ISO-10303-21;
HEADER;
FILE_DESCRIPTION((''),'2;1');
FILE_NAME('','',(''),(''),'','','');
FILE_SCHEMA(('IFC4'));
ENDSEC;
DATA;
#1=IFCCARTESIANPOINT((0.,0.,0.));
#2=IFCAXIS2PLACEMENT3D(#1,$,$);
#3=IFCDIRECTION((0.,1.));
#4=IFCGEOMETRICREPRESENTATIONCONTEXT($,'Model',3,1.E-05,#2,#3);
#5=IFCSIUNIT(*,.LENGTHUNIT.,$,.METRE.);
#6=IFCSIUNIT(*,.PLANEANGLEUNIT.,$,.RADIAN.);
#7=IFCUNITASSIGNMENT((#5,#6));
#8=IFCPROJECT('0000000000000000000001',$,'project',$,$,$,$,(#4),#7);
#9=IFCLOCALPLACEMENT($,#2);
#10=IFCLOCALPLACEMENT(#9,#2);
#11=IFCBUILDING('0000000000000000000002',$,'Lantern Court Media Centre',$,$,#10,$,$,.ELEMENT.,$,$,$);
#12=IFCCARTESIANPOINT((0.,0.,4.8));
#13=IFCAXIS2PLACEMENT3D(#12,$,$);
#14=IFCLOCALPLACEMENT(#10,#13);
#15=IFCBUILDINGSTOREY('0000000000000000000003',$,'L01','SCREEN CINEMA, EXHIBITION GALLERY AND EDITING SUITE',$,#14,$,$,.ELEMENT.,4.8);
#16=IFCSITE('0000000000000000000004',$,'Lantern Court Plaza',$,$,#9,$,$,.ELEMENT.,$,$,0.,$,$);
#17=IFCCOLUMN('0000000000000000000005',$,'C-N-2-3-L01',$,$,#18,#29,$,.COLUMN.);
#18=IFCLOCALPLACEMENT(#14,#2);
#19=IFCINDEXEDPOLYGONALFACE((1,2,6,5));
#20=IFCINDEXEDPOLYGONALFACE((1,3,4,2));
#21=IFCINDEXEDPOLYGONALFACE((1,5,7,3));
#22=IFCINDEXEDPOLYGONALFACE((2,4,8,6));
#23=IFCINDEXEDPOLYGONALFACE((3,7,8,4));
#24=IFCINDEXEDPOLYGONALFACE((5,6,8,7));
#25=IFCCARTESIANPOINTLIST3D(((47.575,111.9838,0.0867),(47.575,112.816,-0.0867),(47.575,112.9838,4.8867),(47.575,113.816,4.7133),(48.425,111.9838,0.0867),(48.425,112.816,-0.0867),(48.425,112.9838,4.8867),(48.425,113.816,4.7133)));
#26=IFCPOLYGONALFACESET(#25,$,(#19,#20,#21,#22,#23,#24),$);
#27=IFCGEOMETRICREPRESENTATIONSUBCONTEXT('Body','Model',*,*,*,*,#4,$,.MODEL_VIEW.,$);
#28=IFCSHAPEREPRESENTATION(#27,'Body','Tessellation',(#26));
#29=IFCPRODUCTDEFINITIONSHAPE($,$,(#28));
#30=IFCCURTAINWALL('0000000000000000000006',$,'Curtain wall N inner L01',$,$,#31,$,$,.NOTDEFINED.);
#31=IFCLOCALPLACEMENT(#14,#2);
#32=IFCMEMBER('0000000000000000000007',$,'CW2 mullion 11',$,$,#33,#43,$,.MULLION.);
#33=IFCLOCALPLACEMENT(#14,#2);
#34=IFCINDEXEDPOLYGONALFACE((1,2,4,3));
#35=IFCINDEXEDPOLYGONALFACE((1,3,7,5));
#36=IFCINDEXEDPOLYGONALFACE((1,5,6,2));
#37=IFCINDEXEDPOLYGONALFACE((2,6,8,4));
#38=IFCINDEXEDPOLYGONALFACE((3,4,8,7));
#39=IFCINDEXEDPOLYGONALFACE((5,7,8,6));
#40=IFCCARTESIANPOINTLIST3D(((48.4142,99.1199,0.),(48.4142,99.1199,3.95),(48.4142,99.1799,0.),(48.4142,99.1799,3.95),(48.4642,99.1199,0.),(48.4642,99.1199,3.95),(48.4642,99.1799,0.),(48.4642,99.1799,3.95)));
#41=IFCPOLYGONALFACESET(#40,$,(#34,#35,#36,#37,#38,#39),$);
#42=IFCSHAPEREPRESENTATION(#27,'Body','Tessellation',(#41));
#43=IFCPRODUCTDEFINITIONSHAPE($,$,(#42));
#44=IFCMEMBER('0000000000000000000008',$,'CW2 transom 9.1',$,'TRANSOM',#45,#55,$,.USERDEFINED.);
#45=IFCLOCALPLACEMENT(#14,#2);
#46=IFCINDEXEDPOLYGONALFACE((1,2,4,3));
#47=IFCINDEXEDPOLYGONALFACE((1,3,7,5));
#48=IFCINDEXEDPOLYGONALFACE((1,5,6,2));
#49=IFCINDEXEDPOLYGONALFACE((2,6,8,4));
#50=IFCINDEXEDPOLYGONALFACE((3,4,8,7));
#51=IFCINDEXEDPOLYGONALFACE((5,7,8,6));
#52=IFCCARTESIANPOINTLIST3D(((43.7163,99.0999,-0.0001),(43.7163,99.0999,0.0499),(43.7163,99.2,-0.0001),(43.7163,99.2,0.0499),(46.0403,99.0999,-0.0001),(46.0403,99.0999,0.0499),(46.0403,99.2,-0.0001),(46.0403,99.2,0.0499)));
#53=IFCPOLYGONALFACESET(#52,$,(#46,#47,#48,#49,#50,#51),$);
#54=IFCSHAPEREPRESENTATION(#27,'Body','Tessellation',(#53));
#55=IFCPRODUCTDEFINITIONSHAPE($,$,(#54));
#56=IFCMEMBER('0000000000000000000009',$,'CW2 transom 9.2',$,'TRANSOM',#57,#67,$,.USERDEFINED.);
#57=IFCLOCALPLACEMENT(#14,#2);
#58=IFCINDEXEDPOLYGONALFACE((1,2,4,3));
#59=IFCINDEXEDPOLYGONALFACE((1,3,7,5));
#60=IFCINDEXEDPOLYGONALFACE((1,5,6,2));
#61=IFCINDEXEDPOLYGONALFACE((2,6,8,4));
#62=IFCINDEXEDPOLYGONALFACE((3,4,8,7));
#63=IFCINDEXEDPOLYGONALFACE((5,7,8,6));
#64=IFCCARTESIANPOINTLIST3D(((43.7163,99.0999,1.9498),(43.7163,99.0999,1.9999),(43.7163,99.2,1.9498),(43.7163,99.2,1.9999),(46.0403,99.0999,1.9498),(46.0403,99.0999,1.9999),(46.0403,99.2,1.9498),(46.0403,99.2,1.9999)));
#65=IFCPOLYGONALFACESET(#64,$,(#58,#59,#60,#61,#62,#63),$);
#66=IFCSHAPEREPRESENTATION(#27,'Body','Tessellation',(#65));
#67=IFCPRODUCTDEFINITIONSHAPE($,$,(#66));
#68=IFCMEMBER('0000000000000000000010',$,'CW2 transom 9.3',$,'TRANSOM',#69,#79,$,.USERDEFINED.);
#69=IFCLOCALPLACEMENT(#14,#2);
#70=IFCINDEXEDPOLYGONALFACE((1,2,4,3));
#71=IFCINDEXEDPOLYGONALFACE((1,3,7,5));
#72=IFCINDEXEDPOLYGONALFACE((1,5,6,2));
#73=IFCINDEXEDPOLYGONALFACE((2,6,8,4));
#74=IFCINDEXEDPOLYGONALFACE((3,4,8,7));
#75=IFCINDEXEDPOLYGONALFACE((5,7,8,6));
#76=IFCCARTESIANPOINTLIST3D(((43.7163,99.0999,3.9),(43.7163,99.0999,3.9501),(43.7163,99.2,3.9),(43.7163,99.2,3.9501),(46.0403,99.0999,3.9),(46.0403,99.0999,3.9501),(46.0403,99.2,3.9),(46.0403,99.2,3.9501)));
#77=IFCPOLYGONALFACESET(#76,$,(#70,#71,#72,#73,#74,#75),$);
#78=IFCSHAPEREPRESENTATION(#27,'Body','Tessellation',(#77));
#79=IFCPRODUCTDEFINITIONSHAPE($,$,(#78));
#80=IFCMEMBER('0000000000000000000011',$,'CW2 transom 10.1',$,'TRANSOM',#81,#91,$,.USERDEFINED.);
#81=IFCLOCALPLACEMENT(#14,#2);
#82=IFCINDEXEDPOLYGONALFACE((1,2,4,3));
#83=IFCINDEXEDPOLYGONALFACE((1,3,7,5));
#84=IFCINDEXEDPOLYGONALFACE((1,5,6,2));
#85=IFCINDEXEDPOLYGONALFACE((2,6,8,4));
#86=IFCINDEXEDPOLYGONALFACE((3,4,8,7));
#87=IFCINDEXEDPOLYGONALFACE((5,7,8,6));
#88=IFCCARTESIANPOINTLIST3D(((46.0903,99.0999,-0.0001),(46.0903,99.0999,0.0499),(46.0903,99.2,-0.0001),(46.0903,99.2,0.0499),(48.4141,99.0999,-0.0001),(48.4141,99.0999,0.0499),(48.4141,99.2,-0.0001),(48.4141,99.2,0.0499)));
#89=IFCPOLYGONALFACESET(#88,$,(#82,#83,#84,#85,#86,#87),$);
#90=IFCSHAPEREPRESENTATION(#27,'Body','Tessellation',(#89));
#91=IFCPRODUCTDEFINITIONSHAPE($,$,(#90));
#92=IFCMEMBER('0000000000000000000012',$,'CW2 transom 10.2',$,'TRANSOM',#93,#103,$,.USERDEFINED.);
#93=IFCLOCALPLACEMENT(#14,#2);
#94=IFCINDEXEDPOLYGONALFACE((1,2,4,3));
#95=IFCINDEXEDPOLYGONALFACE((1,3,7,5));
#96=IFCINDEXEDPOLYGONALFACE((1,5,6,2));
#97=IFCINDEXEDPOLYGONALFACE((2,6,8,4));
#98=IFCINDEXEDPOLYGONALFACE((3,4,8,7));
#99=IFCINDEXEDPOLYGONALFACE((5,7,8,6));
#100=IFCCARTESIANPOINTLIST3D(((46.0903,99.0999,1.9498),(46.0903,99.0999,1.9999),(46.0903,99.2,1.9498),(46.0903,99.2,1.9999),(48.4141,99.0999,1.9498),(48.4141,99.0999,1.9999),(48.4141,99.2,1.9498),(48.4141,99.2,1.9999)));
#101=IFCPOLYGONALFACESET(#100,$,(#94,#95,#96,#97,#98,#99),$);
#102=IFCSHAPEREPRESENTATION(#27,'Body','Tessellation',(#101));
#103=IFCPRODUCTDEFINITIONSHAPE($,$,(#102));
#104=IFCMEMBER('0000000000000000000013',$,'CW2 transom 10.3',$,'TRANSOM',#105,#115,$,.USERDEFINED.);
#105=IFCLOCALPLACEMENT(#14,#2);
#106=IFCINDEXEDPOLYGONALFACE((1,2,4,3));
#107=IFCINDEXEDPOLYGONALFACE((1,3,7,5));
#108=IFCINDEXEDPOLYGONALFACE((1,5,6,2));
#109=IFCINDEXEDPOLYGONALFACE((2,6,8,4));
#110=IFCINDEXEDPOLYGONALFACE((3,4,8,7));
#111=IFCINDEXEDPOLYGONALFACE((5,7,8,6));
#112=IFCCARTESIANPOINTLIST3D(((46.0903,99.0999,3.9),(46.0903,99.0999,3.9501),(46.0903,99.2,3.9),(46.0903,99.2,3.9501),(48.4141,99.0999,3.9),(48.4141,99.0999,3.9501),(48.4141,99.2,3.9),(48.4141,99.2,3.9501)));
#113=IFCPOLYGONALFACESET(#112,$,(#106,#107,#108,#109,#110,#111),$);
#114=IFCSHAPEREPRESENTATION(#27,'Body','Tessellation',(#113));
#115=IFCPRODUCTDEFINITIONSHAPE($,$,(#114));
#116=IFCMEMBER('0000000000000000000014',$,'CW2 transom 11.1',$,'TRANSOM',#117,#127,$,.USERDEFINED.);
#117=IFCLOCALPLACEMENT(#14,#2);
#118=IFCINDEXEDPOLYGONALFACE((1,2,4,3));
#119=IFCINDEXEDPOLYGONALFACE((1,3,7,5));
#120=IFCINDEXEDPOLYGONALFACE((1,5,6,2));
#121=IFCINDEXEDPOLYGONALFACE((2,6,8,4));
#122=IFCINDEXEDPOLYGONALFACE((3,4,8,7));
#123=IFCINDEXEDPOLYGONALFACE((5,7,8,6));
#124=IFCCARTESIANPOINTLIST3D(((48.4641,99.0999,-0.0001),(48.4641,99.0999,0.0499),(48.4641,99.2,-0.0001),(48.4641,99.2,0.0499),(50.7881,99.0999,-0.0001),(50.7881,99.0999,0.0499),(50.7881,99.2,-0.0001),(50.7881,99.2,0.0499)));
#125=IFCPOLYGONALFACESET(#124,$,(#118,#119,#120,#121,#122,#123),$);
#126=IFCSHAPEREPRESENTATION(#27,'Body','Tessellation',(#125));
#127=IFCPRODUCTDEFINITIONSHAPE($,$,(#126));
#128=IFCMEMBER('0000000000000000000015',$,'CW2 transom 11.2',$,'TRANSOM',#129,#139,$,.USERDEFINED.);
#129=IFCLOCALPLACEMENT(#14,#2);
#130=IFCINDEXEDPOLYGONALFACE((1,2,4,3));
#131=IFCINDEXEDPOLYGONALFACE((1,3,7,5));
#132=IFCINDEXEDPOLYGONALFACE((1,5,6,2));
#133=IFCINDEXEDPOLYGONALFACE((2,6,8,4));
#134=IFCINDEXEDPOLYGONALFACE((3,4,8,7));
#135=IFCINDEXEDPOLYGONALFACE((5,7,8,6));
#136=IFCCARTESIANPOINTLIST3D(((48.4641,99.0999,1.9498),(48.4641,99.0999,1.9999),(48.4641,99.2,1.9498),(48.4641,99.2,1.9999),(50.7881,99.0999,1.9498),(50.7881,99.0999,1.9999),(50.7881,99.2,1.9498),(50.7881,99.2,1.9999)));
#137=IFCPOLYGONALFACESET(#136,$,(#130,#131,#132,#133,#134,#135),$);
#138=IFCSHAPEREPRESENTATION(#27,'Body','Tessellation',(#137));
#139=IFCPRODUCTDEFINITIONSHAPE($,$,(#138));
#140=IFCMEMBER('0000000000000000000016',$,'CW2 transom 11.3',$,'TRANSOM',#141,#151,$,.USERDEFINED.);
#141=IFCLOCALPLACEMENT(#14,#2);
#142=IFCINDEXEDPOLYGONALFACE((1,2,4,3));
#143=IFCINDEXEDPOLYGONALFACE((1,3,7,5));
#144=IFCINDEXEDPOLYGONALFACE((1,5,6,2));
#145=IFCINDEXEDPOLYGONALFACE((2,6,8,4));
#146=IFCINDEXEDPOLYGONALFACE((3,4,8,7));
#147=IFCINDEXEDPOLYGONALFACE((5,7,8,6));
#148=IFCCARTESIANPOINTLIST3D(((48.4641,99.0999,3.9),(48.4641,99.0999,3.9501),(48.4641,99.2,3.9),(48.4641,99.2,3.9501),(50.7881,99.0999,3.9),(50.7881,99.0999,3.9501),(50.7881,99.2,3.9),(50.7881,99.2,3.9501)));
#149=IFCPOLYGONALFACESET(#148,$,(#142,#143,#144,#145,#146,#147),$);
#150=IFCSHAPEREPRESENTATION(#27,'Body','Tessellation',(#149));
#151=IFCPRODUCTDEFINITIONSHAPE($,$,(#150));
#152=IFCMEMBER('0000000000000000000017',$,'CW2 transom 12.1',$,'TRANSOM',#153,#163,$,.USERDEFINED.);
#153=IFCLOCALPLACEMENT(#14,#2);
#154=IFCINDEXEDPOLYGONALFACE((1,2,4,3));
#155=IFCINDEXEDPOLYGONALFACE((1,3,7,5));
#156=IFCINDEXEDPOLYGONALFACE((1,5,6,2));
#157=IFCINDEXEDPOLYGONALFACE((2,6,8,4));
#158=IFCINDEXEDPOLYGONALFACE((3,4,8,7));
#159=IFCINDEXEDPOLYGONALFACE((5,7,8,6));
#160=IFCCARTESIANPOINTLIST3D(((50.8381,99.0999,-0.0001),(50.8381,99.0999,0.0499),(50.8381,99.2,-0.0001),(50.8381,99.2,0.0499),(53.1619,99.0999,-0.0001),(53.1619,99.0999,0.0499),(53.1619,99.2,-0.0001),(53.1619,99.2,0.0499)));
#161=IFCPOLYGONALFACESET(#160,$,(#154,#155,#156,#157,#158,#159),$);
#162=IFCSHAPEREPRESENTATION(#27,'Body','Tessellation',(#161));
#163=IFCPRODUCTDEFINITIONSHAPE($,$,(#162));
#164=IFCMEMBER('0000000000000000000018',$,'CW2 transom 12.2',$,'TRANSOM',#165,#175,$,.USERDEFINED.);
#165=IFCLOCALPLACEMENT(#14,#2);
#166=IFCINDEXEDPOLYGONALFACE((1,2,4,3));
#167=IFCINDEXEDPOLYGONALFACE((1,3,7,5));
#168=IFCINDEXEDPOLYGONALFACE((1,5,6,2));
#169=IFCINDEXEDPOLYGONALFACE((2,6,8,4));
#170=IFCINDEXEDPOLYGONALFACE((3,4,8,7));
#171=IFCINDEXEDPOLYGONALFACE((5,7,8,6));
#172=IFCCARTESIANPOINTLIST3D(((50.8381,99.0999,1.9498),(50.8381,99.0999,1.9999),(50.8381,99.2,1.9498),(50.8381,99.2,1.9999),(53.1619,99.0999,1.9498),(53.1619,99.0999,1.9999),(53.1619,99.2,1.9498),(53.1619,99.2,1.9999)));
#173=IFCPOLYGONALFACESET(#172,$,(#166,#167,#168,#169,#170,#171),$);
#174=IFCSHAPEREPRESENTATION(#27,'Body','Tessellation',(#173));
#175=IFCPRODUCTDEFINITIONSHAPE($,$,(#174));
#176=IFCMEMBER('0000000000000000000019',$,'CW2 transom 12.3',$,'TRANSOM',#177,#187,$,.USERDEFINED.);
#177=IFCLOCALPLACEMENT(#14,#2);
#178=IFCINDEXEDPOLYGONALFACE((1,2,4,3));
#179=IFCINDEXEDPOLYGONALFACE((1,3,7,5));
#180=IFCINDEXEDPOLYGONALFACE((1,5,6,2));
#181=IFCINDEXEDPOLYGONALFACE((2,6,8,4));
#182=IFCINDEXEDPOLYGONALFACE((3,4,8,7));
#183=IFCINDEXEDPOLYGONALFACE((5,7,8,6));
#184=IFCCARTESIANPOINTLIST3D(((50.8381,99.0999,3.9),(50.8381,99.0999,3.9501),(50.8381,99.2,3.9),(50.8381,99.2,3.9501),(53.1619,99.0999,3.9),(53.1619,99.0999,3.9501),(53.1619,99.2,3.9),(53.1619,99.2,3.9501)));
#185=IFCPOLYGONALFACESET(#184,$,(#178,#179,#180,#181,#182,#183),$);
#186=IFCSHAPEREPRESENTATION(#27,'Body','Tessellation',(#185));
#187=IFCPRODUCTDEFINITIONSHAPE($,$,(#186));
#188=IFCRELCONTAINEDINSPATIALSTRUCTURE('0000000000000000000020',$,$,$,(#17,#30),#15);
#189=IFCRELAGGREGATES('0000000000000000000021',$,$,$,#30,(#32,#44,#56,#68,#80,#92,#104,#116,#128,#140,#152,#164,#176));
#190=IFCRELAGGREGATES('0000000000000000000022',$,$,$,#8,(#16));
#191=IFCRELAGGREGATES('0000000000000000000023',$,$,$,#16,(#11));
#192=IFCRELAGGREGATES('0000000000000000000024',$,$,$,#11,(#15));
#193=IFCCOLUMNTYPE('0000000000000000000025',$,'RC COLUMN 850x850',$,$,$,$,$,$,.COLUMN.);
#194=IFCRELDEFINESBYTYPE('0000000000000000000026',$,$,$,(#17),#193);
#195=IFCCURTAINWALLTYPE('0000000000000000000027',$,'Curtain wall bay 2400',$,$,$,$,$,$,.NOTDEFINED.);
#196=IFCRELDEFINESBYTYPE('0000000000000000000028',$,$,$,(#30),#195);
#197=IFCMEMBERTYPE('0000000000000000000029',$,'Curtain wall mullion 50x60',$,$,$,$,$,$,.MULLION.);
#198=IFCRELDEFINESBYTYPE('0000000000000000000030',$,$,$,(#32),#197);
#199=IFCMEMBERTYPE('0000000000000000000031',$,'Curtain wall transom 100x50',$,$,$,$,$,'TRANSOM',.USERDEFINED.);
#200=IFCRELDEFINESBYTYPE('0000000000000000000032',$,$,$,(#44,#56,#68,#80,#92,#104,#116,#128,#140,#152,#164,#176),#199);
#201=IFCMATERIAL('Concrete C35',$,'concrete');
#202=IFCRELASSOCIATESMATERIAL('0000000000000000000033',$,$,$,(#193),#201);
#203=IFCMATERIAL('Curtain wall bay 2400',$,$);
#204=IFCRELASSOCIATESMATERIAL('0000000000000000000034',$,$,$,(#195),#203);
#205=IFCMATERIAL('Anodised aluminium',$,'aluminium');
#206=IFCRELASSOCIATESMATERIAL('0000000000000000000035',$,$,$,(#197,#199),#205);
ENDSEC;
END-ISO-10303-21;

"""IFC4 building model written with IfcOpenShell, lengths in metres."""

from ifc_helpers import new_model, si_unit, direction, frame, origin, origin_2d, place, context, subcontext, project, spatial, rectangle, extrude, material, material_profile, profile_set, type_object, element, aggregate, save


model = new_model("IFC4")

# Units and contexts
model_context = context("Model", 3, precision=1e-05, world=origin(), true_north=direction((0.0, 1.0)))
body_context = subcontext(model_context, "Body", "Model", "MODEL_VIEW")
ifc_project = project(units=[si_unit("LENGTHUNIT", "METRE"), si_unit("PLANEANGLEUNIT", "RADIAN")], contexts=[model_context])

# Site, building, storey
site_placement = place(None, origin())
site = spatial("IfcSite", under=ifc_project, at=site_placement, Name="Lantern Court Plaza", CompositionType="ELEMENT", RefElevation=0.0)
building_placement = place(site_placement, origin())
building = spatial("IfcBuilding", under=site, at=building_placement, Name="Lantern Court Media Centre", CompositionType="ELEMENT")
storey_placement = place(building_placement, frame((0.0, 0.0, 4.8)))
storey = spatial("IfcBuildingStorey", under=building, at=storey_placement, Name="L01", Description="SCREEN CINEMA, EXHIBITION GALLERY AND EDITING SUITE", CompositionType="ELEMENT", Elevation=4.8)

# Column
ifc_material_1 = material(Name="Concrete C35", Category="concrete")
ifc_material_profile_1 = material_profile(ifc_material_1, rectangle(XDim=0.8501, YDim=0.8501, at=origin_2d()), Name="RC 850x850")
ifc_profile_set_1 = profile_set([ifc_material_profile_1], Name="Concrete C35")
column_type = type_object("IfcColumnType", Name="RC COLUMN 850x850", PredefinedType="COLUMN", material=ifc_profile_set_1)
column_placement = place(storey_placement, frame((48.0, 112.3999, 0.0), z_axis=(0.0, 0.203952, 0.978981), x_axis=(-1.0, 0.0, 0.0)))
element("IfcColumn", 1, at=column_placement, inside=storey, type_object=column_type, Name="C-N-2-3-L01", PredefinedType="COLUMN", context=body_context, shape_type="SweptSolid", body=[
    extrude(rectangle(XDim=0.8501, YDim=0.8501, at=origin_2d()), origin(), (0.0, 0.0, 1.0), 4.9031),
])

# Curtain wall, members
ifc_material_2 = material(Name="Curtain wall bay 2400")
curtain_wall_type = type_object("IfcCurtainWallType", Name="Curtain wall bay 2400", PredefinedType="NOTDEFINED", material=ifc_material_2)
curtain_wall_placement = place(storey_placement, origin())
curtain_wall = element("IfcCurtainWall", 2, at=curtain_wall_placement, inside=storey, type_object=curtain_wall_type, Name="Curtain wall N inner L01", PredefinedType="NOTDEFINED")
ifc_material_3 = material(Name="Anodised aluminium", Category="aluminium")
ifc_material_profile_2 = material_profile(ifc_material_3, rectangle(XDim=0.0601, YDim=0.05, at=origin_2d()), Name="AL 50x60")
ifc_profile_set_2 = profile_set([ifc_material_profile_2], Name="Anodised aluminium")
member_type_1 = type_object("IfcMemberType", Name="Curtain wall mullion 50x60", PredefinedType="MULLION", material=ifc_profile_set_2)
member_1_placement = place(storey_placement, frame((48.4392, 99.1499, 0.0), z_axis=(0.0, 0.0, 1.0), x_axis=(0.0, 1.0, 0.0)))
member_1 = element("IfcMember", 3, at=member_1_placement, type_object=member_type_1, Name="CW2 mullion 11", PredefinedType="MULLION", context=body_context, shape_type="SweptSolid", body=[
    extrude(rectangle(XDim=0.0601, YDim=0.05, at=origin_2d()), origin(), (0.0, 0.0, 1.0), 3.95),
])
ifc_material_profile_3 = material_profile(ifc_material_3, rectangle(XDim=0.1001, YDim=0.05, at=origin_2d()), Name="AL 50x100")
ifc_profile_set_3 = profile_set([ifc_material_profile_3], Name="Anodised aluminium")
member_type_2 = type_object("IfcMemberType", Name="Curtain wall transom 100x50", ElementType="TRANSOM", PredefinedType="USERDEFINED", material=ifc_profile_set_3)
member_2_placement = place(storey_placement, frame((43.7163, 99.1499, 0.0249), z_axis=(1.0, 0.0, 0.0), x_axis=(0.0, 1.0, 0.0)))
member_2 = element("IfcMember", 4, at=member_2_placement, type_object=member_type_2, Name="CW2 transom 9.1", ObjectType="TRANSOM", PredefinedType="USERDEFINED", context=body_context, shape_type="SweptSolid", body=[
    extrude(rectangle(XDim=0.1001, YDim=0.05, at=origin_2d()), origin(), (0.0, 0.0, 1.0), 2.324),
])
member_3_placement = place(storey_placement, frame((43.7163, 99.1499, 1.9749), z_axis=(1.0, 0.0, 0.0), x_axis=(0.0, 1.0, 0.0)))
member_3 = element("IfcMember", 5, at=member_3_placement, type_object=member_type_2, Name="CW2 transom 9.2", ObjectType="TRANSOM", PredefinedType="USERDEFINED", context=body_context, shape_type="SweptSolid", body=[
    extrude(rectangle(XDim=0.1001, YDim=0.05, at=origin_2d()), origin(), (0.0, 0.0, 1.0), 2.324),
])
member_4_placement = place(storey_placement, frame((43.7163, 99.1499, 3.925), z_axis=(1.0, 0.0, 0.0), x_axis=(0.0, 1.0, 0.0)))
member_4 = element("IfcMember", 6, at=member_4_placement, type_object=member_type_2, Name="CW2 transom 9.3", ObjectType="TRANSOM", PredefinedType="USERDEFINED", context=body_context, shape_type="SweptSolid", body=[
    extrude(rectangle(XDim=0.1001, YDim=0.05, at=origin_2d()), origin(), (0.0, 0.0, 1.0), 2.324),
])
member_5_placement = place(storey_placement, frame((46.0903, 99.1499, 0.0249), z_axis=(1.0, 0.0, 0.0), x_axis=(0.0, 1.0, 0.0)))
member_5 = element("IfcMember", 7, at=member_5_placement, type_object=member_type_2, Name="CW2 transom 10.1", ObjectType="TRANSOM", PredefinedType="USERDEFINED", context=body_context, shape_type="SweptSolid", body=[
    extrude(rectangle(XDim=0.1001, YDim=0.05, at=origin_2d()), origin(), (0.0, 0.0, 1.0), 2.3237),
])
member_6_placement = place(storey_placement, frame((46.0903, 99.1499, 1.9749), z_axis=(1.0, 0.0, 0.0), x_axis=(0.0, 1.0, 0.0)))
member_6 = element("IfcMember", 8, at=member_6_placement, type_object=member_type_2, Name="CW2 transom 10.2", ObjectType="TRANSOM", PredefinedType="USERDEFINED", context=body_context, shape_type="SweptSolid", body=[
    extrude(rectangle(XDim=0.1001, YDim=0.05, at=origin_2d()), origin(), (0.0, 0.0, 1.0), 2.3237),
])
member_7_placement = place(storey_placement, frame((46.0903, 99.1499, 3.925), z_axis=(1.0, 0.0, 0.0), x_axis=(0.0, 1.0, 0.0)))
member_7 = element("IfcMember", 9, at=member_7_placement, type_object=member_type_2, Name="CW2 transom 10.3", ObjectType="TRANSOM", PredefinedType="USERDEFINED", context=body_context, shape_type="SweptSolid", body=[
    extrude(rectangle(XDim=0.1001, YDim=0.05, at=origin_2d()), origin(), (0.0, 0.0, 1.0), 2.3237),
])
member_8_placement = place(storey_placement, frame((48.4641, 99.1499, 0.0249), z_axis=(1.0, 0.0, 0.0), x_axis=(0.0, 1.0, 0.0)))
member_8 = element("IfcMember", 10, at=member_8_placement, type_object=member_type_2, Name="CW2 transom 11.1", ObjectType="TRANSOM", PredefinedType="USERDEFINED", context=body_context, shape_type="SweptSolid", body=[
    extrude(rectangle(XDim=0.1001, YDim=0.05, at=origin_2d()), origin(), (0.0, 0.0, 1.0), 2.324),
])
member_9_placement = place(storey_placement, frame((48.4641, 99.1499, 1.9749), z_axis=(1.0, 0.0, 0.0), x_axis=(0.0, 1.0, 0.0)))
member_9 = element("IfcMember", 11, at=member_9_placement, type_object=member_type_2, Name="CW2 transom 11.2", ObjectType="TRANSOM", PredefinedType="USERDEFINED", context=body_context, shape_type="SweptSolid", body=[
    extrude(rectangle(XDim=0.1001, YDim=0.05, at=origin_2d()), origin(), (0.0, 0.0, 1.0), 2.324),
])
member_10_placement = place(storey_placement, frame((48.4641, 99.1499, 3.925), z_axis=(1.0, 0.0, 0.0), x_axis=(0.0, 1.0, 0.0)))
member_10 = element("IfcMember", 12, at=member_10_placement, type_object=member_type_2, Name="CW2 transom 11.3", ObjectType="TRANSOM", PredefinedType="USERDEFINED", context=body_context, shape_type="SweptSolid", body=[
    extrude(rectangle(XDim=0.1001, YDim=0.05, at=origin_2d()), origin(), (0.0, 0.0, 1.0), 2.324),
])
member_11_placement = place(storey_placement, frame((50.8381, 99.1499, 0.0249), z_axis=(1.0, 0.0, 0.0), x_axis=(0.0, 1.0, 0.0)))
member_11 = element("IfcMember", 13, at=member_11_placement, type_object=member_type_2, Name="CW2 transom 12.1", ObjectType="TRANSOM", PredefinedType="USERDEFINED", context=body_context, shape_type="SweptSolid", body=[
    extrude(rectangle(XDim=0.1001, YDim=0.05, at=origin_2d()), origin(), (0.0, 0.0, 1.0), 2.3237),
])
member_12_placement = place(storey_placement, frame((50.8381, 99.1499, 1.9749), z_axis=(1.0, 0.0, 0.0), x_axis=(0.0, 1.0, 0.0)))
member_12 = element("IfcMember", 14, at=member_12_placement, type_object=member_type_2, Name="CW2 transom 12.2", ObjectType="TRANSOM", PredefinedType="USERDEFINED", context=body_context, shape_type="SweptSolid", body=[
    extrude(rectangle(XDim=0.1001, YDim=0.05, at=origin_2d()), origin(), (0.0, 0.0, 1.0), 2.3237),
])
member_13_placement = place(storey_placement, frame((50.8381, 99.1499, 3.925), z_axis=(1.0, 0.0, 0.0), x_axis=(0.0, 1.0, 0.0)))
member_13 = element("IfcMember", 15, at=member_13_placement, type_object=member_type_2, Name="CW2 transom 12.3", ObjectType="TRANSOM", PredefinedType="USERDEFINED", context=body_context, shape_type="SweptSolid", body=[
    extrude(rectangle(XDim=0.1001, YDim=0.05, at=origin_2d()), origin(), (0.0, 0.0, 1.0), 2.3237),
])

aggregate(curtain_wall, [member_1, member_2, member_3, member_4, member_5, member_6, member_7, member_8, member_9, member_10, member_11, member_12, member_13])

save(model, "model.ifc")
